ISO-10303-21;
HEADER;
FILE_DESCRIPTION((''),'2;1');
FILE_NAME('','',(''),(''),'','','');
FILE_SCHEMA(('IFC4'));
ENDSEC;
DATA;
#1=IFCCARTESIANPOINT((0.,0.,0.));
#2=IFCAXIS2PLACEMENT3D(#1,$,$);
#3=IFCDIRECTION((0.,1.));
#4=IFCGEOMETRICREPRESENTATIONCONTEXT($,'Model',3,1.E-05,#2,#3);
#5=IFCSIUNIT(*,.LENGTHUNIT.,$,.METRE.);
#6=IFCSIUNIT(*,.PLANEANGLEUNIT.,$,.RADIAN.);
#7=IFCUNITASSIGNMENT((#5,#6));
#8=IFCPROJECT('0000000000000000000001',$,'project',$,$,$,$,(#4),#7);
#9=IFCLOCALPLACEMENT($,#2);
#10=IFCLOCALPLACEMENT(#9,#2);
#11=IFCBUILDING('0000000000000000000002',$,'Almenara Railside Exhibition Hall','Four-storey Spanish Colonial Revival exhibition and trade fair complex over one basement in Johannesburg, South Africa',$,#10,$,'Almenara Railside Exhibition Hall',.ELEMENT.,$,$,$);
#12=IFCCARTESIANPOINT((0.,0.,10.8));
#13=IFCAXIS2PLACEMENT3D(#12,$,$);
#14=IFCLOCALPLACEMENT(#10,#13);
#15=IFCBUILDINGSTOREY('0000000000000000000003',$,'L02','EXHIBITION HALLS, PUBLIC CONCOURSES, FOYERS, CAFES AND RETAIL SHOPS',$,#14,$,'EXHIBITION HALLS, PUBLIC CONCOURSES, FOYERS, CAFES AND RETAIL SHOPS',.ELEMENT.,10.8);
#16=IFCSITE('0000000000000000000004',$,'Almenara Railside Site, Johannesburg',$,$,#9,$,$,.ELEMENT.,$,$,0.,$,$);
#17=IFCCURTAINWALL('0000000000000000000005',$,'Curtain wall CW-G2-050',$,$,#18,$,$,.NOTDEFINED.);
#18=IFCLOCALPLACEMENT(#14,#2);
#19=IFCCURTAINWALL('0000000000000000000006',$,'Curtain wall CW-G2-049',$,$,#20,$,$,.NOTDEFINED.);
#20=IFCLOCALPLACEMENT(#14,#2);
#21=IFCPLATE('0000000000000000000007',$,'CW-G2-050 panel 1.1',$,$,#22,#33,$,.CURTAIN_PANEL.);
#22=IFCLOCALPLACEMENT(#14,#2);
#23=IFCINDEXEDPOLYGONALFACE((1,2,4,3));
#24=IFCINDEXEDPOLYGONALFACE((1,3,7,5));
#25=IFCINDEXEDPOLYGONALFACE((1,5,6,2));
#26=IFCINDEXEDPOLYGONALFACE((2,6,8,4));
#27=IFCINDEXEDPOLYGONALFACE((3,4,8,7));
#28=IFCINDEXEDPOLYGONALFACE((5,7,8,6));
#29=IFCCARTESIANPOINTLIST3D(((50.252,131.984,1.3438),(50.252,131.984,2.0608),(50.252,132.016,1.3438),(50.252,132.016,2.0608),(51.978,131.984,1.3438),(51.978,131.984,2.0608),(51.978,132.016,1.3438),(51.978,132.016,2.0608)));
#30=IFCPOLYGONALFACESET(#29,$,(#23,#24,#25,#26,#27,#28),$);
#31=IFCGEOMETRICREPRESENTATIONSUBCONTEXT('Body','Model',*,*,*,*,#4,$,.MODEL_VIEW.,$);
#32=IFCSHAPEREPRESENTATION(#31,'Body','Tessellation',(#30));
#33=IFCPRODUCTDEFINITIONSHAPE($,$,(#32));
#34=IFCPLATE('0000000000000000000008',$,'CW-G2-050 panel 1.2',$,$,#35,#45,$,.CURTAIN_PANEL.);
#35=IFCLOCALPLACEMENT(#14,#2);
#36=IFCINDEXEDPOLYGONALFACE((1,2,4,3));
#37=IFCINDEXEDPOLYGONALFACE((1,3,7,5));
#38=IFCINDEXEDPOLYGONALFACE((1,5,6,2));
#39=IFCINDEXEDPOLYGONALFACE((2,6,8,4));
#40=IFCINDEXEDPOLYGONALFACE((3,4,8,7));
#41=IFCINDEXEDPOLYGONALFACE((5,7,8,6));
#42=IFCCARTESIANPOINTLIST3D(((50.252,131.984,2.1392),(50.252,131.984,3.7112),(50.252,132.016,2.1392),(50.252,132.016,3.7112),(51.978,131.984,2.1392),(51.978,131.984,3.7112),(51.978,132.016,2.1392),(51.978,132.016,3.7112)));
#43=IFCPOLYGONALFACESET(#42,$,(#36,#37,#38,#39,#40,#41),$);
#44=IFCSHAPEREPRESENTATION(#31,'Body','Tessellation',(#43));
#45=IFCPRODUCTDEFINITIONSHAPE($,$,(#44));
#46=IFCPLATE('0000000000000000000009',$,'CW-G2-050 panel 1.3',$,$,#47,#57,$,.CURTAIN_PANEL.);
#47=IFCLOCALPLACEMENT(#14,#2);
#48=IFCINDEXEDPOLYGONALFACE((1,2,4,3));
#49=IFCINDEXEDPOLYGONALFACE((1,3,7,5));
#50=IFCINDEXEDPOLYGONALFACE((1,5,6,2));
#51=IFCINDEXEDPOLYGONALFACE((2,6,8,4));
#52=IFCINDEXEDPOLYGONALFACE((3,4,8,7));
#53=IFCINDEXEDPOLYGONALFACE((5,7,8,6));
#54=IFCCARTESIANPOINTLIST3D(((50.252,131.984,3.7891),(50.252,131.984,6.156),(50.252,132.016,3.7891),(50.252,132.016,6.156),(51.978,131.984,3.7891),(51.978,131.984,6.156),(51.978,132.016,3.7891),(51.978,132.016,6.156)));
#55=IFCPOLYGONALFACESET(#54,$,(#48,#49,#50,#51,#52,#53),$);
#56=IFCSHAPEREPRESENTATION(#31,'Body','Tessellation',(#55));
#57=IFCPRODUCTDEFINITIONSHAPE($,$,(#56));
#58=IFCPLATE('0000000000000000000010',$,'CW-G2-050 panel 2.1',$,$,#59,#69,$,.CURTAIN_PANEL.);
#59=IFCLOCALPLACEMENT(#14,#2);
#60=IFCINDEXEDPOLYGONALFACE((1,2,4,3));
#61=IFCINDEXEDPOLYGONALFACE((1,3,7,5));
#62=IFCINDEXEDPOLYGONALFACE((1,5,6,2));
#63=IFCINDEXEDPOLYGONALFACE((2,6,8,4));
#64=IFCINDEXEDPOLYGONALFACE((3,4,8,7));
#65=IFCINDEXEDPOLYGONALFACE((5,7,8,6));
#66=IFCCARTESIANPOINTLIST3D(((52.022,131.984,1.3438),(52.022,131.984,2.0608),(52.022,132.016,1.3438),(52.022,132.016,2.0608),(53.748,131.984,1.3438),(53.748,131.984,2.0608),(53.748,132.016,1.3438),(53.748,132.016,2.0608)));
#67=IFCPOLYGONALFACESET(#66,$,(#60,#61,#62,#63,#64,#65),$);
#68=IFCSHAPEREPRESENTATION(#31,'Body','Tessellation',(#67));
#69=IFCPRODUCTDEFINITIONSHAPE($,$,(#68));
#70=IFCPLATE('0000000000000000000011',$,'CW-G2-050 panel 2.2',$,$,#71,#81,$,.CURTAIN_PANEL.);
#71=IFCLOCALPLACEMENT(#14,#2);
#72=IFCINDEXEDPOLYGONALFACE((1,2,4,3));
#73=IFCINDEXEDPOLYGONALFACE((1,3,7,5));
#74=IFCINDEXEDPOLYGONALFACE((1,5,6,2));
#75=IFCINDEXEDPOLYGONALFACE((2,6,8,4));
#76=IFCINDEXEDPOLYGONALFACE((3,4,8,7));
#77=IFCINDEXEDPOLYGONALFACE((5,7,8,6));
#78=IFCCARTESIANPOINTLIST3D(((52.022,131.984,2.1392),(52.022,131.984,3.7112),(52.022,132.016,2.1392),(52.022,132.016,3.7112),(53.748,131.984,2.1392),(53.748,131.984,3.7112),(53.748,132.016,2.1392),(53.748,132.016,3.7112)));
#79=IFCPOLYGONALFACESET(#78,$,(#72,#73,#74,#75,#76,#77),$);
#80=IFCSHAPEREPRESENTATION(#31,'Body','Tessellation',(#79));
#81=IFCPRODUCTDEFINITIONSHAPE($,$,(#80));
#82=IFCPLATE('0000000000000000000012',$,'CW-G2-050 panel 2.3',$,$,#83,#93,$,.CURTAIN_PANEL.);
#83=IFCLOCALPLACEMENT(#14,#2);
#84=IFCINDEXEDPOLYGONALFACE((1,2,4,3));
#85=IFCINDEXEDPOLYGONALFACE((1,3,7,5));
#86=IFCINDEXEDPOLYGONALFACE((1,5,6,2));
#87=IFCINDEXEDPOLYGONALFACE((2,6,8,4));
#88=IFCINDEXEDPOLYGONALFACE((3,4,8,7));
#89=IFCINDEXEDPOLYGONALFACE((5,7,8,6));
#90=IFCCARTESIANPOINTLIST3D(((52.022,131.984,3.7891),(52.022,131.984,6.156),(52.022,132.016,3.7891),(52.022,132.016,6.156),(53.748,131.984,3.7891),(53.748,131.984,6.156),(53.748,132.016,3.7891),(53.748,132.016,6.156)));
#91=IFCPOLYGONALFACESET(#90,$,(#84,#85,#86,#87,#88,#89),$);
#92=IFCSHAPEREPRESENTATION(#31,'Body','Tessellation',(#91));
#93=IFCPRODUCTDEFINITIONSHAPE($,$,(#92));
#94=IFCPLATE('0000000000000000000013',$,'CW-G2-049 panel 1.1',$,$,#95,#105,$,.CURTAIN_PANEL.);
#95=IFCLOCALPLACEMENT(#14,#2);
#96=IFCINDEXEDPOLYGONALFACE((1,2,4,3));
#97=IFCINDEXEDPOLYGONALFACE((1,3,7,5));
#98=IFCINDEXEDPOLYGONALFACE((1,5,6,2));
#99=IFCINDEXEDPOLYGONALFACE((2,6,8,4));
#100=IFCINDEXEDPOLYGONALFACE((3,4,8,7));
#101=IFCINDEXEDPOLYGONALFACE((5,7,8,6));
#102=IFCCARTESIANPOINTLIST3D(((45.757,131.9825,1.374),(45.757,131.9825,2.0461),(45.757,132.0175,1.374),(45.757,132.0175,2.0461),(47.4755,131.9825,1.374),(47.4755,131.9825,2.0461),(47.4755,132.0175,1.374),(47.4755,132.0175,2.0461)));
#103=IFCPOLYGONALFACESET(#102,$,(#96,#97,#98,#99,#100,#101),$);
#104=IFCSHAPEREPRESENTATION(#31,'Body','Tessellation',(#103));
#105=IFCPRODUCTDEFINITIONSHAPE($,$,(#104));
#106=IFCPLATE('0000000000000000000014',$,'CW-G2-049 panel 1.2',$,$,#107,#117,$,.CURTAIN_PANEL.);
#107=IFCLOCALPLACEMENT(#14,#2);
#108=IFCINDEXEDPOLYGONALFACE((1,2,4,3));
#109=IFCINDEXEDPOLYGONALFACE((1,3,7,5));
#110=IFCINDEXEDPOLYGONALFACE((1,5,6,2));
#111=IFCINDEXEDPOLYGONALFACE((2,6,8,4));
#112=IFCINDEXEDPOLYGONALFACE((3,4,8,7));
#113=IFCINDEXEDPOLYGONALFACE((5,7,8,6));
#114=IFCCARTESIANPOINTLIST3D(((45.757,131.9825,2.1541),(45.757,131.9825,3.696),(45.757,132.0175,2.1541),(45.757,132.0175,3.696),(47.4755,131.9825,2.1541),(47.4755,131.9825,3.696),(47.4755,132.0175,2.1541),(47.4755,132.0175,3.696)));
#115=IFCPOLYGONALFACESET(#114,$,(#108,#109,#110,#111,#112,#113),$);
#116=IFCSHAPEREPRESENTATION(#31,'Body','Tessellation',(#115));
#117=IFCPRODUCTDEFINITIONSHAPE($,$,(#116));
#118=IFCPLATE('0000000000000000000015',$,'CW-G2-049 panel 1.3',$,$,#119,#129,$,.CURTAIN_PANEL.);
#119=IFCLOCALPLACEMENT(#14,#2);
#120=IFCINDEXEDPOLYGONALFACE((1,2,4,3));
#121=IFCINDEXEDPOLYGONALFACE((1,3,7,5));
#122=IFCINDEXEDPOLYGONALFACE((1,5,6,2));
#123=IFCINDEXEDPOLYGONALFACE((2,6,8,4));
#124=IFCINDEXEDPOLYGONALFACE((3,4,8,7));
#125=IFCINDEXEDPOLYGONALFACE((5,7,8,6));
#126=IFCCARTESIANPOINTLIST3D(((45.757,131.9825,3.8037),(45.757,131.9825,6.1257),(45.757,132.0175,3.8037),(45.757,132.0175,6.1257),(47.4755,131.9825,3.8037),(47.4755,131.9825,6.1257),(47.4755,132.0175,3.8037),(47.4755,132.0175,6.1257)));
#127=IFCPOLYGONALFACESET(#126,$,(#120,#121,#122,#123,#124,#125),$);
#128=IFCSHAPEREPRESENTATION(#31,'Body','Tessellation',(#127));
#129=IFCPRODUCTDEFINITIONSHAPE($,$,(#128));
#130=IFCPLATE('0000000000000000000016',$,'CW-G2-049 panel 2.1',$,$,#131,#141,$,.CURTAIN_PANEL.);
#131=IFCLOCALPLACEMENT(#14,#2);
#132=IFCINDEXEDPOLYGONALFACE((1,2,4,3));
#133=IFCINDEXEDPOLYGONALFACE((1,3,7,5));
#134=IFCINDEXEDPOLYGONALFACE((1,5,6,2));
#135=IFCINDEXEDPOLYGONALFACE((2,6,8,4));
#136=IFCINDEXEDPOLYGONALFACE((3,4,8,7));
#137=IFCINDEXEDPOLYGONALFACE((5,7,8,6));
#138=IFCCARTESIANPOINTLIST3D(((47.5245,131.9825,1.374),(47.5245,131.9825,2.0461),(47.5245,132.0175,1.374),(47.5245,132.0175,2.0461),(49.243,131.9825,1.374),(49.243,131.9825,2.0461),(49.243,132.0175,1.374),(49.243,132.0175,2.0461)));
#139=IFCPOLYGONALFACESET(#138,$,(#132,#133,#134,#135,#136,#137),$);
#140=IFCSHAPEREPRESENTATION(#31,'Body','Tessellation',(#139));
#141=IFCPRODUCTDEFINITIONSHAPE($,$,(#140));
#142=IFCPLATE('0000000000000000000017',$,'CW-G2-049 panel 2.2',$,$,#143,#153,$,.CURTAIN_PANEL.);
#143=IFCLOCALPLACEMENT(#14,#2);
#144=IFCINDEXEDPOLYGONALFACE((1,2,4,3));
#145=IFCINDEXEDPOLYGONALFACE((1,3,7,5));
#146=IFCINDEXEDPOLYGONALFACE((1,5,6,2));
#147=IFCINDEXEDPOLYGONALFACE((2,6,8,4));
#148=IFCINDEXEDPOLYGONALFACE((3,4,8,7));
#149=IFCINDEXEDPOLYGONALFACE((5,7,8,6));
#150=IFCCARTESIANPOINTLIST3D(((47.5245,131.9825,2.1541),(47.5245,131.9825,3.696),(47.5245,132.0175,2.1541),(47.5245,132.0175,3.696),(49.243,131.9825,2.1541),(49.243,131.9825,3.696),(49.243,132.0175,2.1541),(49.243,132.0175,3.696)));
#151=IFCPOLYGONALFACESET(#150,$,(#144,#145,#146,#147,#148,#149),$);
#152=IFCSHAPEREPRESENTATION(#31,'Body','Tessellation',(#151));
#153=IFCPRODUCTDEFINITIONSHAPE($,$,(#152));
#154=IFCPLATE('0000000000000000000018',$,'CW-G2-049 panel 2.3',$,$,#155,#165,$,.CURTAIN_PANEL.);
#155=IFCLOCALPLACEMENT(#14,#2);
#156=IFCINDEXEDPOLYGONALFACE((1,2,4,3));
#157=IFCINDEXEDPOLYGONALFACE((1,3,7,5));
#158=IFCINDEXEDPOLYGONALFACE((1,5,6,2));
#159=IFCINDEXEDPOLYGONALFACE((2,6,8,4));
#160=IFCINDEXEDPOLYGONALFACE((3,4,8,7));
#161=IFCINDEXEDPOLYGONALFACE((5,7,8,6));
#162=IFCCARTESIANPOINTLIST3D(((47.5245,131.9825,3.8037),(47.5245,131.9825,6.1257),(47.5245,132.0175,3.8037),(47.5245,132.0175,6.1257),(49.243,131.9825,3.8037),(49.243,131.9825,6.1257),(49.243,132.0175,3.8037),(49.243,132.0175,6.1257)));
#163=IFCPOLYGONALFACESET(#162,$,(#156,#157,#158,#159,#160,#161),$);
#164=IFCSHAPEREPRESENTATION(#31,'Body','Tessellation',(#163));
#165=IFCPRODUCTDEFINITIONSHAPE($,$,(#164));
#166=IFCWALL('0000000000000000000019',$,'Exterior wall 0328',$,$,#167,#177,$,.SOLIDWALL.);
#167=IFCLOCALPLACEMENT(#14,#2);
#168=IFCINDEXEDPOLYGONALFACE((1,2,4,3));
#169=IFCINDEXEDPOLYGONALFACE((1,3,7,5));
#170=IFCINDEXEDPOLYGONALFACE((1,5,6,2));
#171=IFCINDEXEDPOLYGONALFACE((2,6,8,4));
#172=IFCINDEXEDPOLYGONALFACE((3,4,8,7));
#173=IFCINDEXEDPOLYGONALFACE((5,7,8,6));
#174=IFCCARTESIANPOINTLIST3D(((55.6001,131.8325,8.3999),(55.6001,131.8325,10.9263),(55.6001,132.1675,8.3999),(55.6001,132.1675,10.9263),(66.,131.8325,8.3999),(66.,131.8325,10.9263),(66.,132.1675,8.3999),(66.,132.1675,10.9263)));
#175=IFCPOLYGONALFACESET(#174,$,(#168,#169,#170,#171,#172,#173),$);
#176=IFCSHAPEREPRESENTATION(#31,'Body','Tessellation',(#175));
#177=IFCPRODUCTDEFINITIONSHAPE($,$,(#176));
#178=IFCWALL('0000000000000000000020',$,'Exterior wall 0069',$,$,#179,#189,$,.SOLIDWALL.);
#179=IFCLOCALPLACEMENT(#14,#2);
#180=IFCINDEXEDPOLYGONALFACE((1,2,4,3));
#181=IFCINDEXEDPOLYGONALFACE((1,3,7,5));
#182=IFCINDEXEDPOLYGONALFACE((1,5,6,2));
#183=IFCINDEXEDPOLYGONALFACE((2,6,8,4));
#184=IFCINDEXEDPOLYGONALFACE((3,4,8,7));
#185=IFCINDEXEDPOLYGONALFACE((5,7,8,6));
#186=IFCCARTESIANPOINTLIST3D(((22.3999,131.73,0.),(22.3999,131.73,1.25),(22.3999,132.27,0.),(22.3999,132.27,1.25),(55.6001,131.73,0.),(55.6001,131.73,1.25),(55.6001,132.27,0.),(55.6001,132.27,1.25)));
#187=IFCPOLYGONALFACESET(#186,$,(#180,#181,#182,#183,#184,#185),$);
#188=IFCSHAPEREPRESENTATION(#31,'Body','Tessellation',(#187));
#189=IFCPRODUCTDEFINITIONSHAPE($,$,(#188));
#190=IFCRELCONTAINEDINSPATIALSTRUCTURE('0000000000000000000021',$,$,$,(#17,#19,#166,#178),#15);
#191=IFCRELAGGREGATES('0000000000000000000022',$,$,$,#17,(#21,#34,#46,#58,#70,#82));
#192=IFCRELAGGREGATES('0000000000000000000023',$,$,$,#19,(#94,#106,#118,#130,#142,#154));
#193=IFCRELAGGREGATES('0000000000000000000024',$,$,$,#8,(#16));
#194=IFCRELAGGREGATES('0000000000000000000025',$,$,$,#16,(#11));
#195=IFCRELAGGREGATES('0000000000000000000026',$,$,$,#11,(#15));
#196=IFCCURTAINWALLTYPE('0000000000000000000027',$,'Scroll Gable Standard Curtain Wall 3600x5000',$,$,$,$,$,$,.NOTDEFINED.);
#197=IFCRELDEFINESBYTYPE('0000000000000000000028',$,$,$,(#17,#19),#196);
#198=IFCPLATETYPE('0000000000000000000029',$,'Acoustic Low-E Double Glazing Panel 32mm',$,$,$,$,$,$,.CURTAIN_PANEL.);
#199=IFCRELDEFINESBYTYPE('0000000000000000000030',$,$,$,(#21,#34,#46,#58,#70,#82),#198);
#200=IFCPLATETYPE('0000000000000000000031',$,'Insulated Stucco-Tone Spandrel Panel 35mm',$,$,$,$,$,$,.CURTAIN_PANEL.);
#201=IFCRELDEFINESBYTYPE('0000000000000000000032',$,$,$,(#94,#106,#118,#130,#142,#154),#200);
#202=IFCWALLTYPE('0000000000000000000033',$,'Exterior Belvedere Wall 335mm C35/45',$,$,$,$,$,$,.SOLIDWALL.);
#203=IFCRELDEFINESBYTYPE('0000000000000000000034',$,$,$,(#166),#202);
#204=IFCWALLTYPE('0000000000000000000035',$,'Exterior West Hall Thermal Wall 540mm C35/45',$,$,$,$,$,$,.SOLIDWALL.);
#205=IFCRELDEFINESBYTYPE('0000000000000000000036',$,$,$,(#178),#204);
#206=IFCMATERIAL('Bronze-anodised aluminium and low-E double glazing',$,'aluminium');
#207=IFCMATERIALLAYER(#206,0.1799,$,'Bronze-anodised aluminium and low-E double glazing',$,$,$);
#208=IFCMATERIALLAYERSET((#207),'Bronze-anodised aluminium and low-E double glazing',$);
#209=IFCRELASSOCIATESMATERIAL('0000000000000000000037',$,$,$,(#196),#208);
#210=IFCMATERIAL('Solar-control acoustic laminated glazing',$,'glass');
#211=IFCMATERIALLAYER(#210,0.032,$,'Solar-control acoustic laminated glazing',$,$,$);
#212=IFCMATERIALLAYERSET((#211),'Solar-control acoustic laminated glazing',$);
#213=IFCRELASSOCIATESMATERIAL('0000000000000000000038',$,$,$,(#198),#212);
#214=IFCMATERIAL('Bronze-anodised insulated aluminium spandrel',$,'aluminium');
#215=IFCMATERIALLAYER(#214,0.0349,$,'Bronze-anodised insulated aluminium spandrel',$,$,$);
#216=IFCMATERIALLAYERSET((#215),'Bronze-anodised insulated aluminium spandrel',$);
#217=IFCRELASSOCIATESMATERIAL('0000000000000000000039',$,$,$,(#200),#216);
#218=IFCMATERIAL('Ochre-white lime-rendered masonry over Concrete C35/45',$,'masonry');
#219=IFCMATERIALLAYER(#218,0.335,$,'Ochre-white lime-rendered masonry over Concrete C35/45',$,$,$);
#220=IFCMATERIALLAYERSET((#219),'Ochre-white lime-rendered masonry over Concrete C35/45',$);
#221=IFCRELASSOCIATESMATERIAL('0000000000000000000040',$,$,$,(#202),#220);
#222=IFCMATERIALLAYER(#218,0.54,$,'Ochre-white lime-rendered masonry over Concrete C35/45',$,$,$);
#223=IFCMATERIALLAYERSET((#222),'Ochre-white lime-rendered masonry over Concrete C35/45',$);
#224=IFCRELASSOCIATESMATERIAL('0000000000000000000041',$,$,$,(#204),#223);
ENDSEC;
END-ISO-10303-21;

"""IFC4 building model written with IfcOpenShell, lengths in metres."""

from ifc_helpers import new_model, si_unit, direction, frame, frame_2d, origin, origin_2d, place, context, subcontext, project, spatial, rectangle, extrude, material, layer, layer_set, type_object, element, aggregate, save


model = new_model("IFC4")

# Units and contexts
model_context = context("Model", 3, precision=1e-05, world=origin(), true_north=direction((0.0, 1.0)))
body_context = subcontext(model_context, "Body", "Model", "MODEL_VIEW")
ifc_project = project(units=[si_unit("LENGTHUNIT", "METRE"), si_unit("PLANEANGLEUNIT", "RADIAN")], contexts=[model_context])

# Site, building, storey
site_placement = place(None, origin())
site = spatial("IfcSite", under=ifc_project, at=site_placement, Name="Almenara Railside Site, Johannesburg", CompositionType="ELEMENT", RefElevation=0.0)
building_placement = place(site_placement, origin())
building = spatial("IfcBuilding", under=site, at=building_placement, Name="Almenara Railside Exhibition Hall", Description="Four-storey Spanish Colonial Revival exhibition and trade fair complex over one basement in Johannesburg, South Africa", LongName="Almenara Railside Exhibition Hall", CompositionType="ELEMENT")
storey_placement = place(building_placement, frame((0.0, 0.0, 10.8)))
storey = spatial("IfcBuildingStorey", under=building, at=storey_placement, Name="L02", Description="EXHIBITION HALLS, PUBLIC CONCOURSES, FOYERS, CAFES AND RETAIL SHOPS", LongName="EXHIBITION HALLS, PUBLIC CONCOURSES, FOYERS, CAFES AND RETAIL SHOPS", CompositionType="ELEMENT", Elevation=10.8)

# Curtain walls
ifc_material_1 = material(Name="Bronze-anodised aluminium and low-E double glazing", Category="aluminium")
ifc_layer_1 = layer(ifc_material_1, 0.1799, Name="Bronze-anodised aluminium and low-E double glazing")
ifc_layer_set_1 = layer_set([ifc_layer_1], Name="Bronze-anodised aluminium and low-E double glazing")
curtain_wall_type_1 = type_object("IfcCurtainWallType", Name="Scroll Gable Standard Curtain Wall 3600x5000", PredefinedType="NOTDEFINED", material=ifc_layer_set_1)
curtain_wall_1_placement = place(storey_placement, origin())
curtain_wall_1 = element("IfcCurtainWall", 1, at=curtain_wall_1_placement, inside=storey, type_object=curtain_wall_type_1, Name="Curtain wall CW-G2-050", PredefinedType="NOTDEFINED")
curtain_wall_2_placement = place(storey_placement, origin())
curtain_wall_2 = element("IfcCurtainWall", 2, at=curtain_wall_2_placement, inside=storey, type_object=curtain_wall_type_1, Name="Curtain wall CW-G2-049", PredefinedType="NOTDEFINED")

# Plates
ifc_material_2 = material(Name="Solar-control acoustic laminated glazing", Category="glass")
ifc_layer_2 = layer(ifc_material_2, 0.032, Name="Solar-control acoustic laminated glazing")
ifc_layer_set_2 = layer_set([ifc_layer_2], Name="Solar-control acoustic laminated glazing")
plate_type_1 = type_object("IfcPlateType", Name="Acoustic Low-E Double Glazing Panel 32mm", PredefinedType="CURTAIN_PANEL", material=ifc_layer_set_2)
plate_1_placement = place(storey_placement, frame((51.115, 132.0, 1.3438), z_axis=(0.0, 0.0, 1.0), x_axis=(1.0, 0.0, 0.0)))
plate_1 = element("IfcPlate", 3, at=plate_1_placement, type_object=plate_type_1, Name="CW-G2-050 panel 1.1", PredefinedType="CURTAIN_PANEL", context=body_context, shape_type="SweptSolid", body=[
    extrude(rectangle(XDim=1.7261, YDim=0.032, at=origin_2d()), origin(), (0.0, 0.0, 1.0), 0.717),
])
plate_2_placement = place(storey_placement, frame((51.115, 132.0, 2.1392), z_axis=(0.0, 0.0, 1.0), x_axis=(1.0, 0.0, 0.0)))
plate_2 = element("IfcPlate", 4, at=plate_2_placement, type_object=plate_type_1, Name="CW-G2-050 panel 1.2", PredefinedType="CURTAIN_PANEL", context=body_context, shape_type="SweptSolid", body=[
    extrude(rectangle(XDim=1.7261, YDim=0.032, at=origin_2d()), origin(), (0.0, 0.0, 1.0), 1.572),
])
plate_3_placement = place(storey_placement, frame((51.115, 132.0, 3.7891), z_axis=(0.0, 0.0, 1.0), x_axis=(1.0, 0.0, 0.0)))
plate_3 = element("IfcPlate", 5, at=plate_3_placement, type_object=plate_type_1, Name="CW-G2-050 panel 1.3", PredefinedType="CURTAIN_PANEL", context=body_context, shape_type="SweptSolid", body=[
    extrude(rectangle(XDim=1.7261, YDim=0.032, at=origin_2d()), origin(), (0.0, 0.0, 1.0), 2.3669),
])
plate_4_placement = place(storey_placement, frame((52.885, 132.0, 1.3438), z_axis=(0.0, 0.0, 1.0), x_axis=(1.0, 0.0, 0.0)))
plate_4 = element("IfcPlate", 6, at=plate_4_placement, type_object=plate_type_1, Name="CW-G2-050 panel 2.1", PredefinedType="CURTAIN_PANEL", context=body_context, shape_type="SweptSolid", body=[
    extrude(rectangle(XDim=1.7261, YDim=0.032, at=origin_2d()), origin(), (0.0, 0.0, 1.0), 0.717),
])
plate_5_placement = place(storey_placement, frame((52.885, 132.0, 2.1392), z_axis=(0.0, 0.0, 1.0), x_axis=(1.0, 0.0, 0.0)))
plate_5 = element("IfcPlate", 7, at=plate_5_placement, type_object=plate_type_1, Name="CW-G2-050 panel 2.2", PredefinedType="CURTAIN_PANEL", context=body_context, shape_type="SweptSolid", body=[
    extrude(rectangle(XDim=1.7261, YDim=0.032, at=origin_2d()), origin(), (0.0, 0.0, 1.0), 1.572),
])
plate_6_placement = place(storey_placement, frame((52.885, 132.0, 3.7891), z_axis=(0.0, 0.0, 1.0), x_axis=(1.0, 0.0, 0.0)))
plate_6 = element("IfcPlate", 8, at=plate_6_placement, type_object=plate_type_1, Name="CW-G2-050 panel 2.3", PredefinedType="CURTAIN_PANEL", context=body_context, shape_type="SweptSolid", body=[
    extrude(rectangle(XDim=1.7261, YDim=0.032, at=origin_2d()), origin(), (0.0, 0.0, 1.0), 2.3669),
])
aggregate(curtain_wall_1, [plate_1, plate_2, plate_3, plate_4, plate_5, plate_6])
ifc_material_3 = material(Name="Bronze-anodised insulated aluminium spandrel", Category="aluminium")
ifc_layer_3 = layer(ifc_material_3, 0.0349, Name="Bronze-anodised insulated aluminium spandrel")
ifc_layer_set_3 = layer_set([ifc_layer_3], Name="Bronze-anodised insulated aluminium spandrel")
plate_type_2 = type_object("IfcPlateType", Name="Insulated Stucco-Tone Spandrel Panel 35mm", PredefinedType="CURTAIN_PANEL", material=ifc_layer_set_3)
plate_7_placement = place(storey_placement, frame((46.6162, 132.0, 1.374), z_axis=(0.0, 0.0, 1.0), x_axis=(1.0, 0.0, 0.0)))
plate_7 = element("IfcPlate", 9, at=plate_7_placement, type_object=plate_type_2, Name="CW-G2-049 panel 1.1", PredefinedType="CURTAIN_PANEL", context=body_context, shape_type="SweptSolid", body=[
    extrude(rectangle(XDim=1.7185, YDim=0.0349, at=origin_2d()), origin(), (0.0, 0.0, 1.0), 0.6721),
])
plate_8_placement = place(storey_placement, frame((46.6162, 132.0, 2.1541), z_axis=(0.0, 0.0, 1.0), x_axis=(1.0, 0.0, 0.0)))
plate_8 = element("IfcPlate", 10, at=plate_8_placement, type_object=plate_type_2, Name="CW-G2-049 panel 1.2", PredefinedType="CURTAIN_PANEL", context=body_context, shape_type="SweptSolid", body=[
    extrude(rectangle(XDim=1.7185, YDim=0.0349, at=origin_2d()), origin(), (0.0, 0.0, 1.0), 1.542),
])
plate_9_placement = place(storey_placement, frame((46.6162, 132.0, 3.8037), z_axis=(0.0, 0.0, 1.0), x_axis=(1.0, 0.0, 0.0)))
plate_9 = element("IfcPlate", 11, at=plate_9_placement, type_object=plate_type_2, Name="CW-G2-049 panel 1.3", PredefinedType="CURTAIN_PANEL", context=body_context, shape_type="SweptSolid", body=[
    extrude(rectangle(XDim=1.7185, YDim=0.0349, at=origin_2d()), origin(), (0.0, 0.0, 1.0), 2.322),
])
plate_10_placement = place(storey_placement, frame((48.3838, 132.0, 1.374), z_axis=(0.0, 0.0, 1.0), x_axis=(1.0, 0.0, 0.0)))
plate_10 = element("IfcPlate", 12, at=plate_10_placement, type_object=plate_type_2, Name="CW-G2-049 panel 2.1", PredefinedType="CURTAIN_PANEL", context=body_context, shape_type="SweptSolid", body=[
    extrude(rectangle(XDim=1.7185, YDim=0.0349, at=origin_2d()), origin(), (0.0, 0.0, 1.0), 0.6721),
])
plate_11_placement = place(storey_placement, frame((48.3838, 132.0, 2.1541), z_axis=(0.0, 0.0, 1.0), x_axis=(1.0, 0.0, 0.0)))
plate_11 = element("IfcPlate", 13, at=plate_11_placement, type_object=plate_type_2, Name="CW-G2-049 panel 2.2", PredefinedType="CURTAIN_PANEL", context=body_context, shape_type="SweptSolid", body=[
    extrude(rectangle(XDim=1.7185, YDim=0.0349, at=origin_2d()), origin(), (0.0, 0.0, 1.0), 1.542),
])
plate_12_placement = place(storey_placement, frame((48.3838, 132.0, 3.8037), z_axis=(0.0, 0.0, 1.0), x_axis=(1.0, 0.0, 0.0)))
plate_12 = element("IfcPlate", 14, at=plate_12_placement, type_object=plate_type_2, Name="CW-G2-049 panel 2.3", PredefinedType="CURTAIN_PANEL", context=body_context, shape_type="SweptSolid", body=[
    extrude(rectangle(XDim=1.7185, YDim=0.0349, at=origin_2d()), origin(), (0.0, 0.0, 1.0), 2.322),
])
aggregate(curtain_wall_2, [plate_7, plate_8, plate_9, plate_10, plate_11, plate_12])

# Walls
ifc_material_4 = material(Name="Ochre-white lime-rendered masonry over Concrete C35/45", Category="masonry")
ifc_layer_4 = layer(ifc_material_4, 0.335, Name="Ochre-white lime-rendered masonry over Concrete C35/45")
ifc_layer_set_4 = layer_set([ifc_layer_4], Name="Ochre-white lime-rendered masonry over Concrete C35/45")
wall_type_1 = type_object("IfcWallType", Name="Exterior Belvedere Wall 335mm C35/45", PredefinedType="SOLIDWALL", material=ifc_layer_set_4)
wall_1_placement = place(storey_placement, frame((55.6001, 132.0, 8.3999), z_axis=(0.0, 0.0, 1.0), x_axis=(1.0, 0.0, 0.0)))
element("IfcWall", 15, at=wall_1_placement, inside=storey, type_object=wall_type_1, Name="Exterior wall 0328", PredefinedType="SOLIDWALL", context=body_context, shape_type="SweptSolid", body=[
    extrude(rectangle(XDim=10.3999, YDim=0.335, at=frame_2d((5.2, 0.0))), origin(), (0.0, 0.0, 1.0), 2.5264),
])
ifc_layer_5 = layer(ifc_material_4, 0.54, Name="Ochre-white lime-rendered masonry over Concrete C35/45")
ifc_layer_set_5 = layer_set([ifc_layer_5], Name="Ochre-white lime-rendered masonry over Concrete C35/45")
wall_type_2 = type_object("IfcWallType", Name="Exterior West Hall Thermal Wall 540mm C35/45", PredefinedType="SOLIDWALL", material=ifc_layer_set_5)
wall_2_placement = place(storey_placement, frame((55.6001, 132.0, 0.0), z_axis=(0.0, 0.0, 1.0), x_axis=(-1.0, 0.0, 0.0)))
element("IfcWall", 16, at=wall_2_placement, inside=storey, type_object=wall_type_2, Name="Exterior wall 0069", PredefinedType="SOLIDWALL", context=body_context, shape_type="SweptSolid", body=[
    extrude(rectangle(XDim=33.2002, YDim=0.54, at=frame_2d((16.6001, 0.0))), origin(), (0.0, 0.0, 1.0), 1.25),
])

save(model, "model.ifc")
